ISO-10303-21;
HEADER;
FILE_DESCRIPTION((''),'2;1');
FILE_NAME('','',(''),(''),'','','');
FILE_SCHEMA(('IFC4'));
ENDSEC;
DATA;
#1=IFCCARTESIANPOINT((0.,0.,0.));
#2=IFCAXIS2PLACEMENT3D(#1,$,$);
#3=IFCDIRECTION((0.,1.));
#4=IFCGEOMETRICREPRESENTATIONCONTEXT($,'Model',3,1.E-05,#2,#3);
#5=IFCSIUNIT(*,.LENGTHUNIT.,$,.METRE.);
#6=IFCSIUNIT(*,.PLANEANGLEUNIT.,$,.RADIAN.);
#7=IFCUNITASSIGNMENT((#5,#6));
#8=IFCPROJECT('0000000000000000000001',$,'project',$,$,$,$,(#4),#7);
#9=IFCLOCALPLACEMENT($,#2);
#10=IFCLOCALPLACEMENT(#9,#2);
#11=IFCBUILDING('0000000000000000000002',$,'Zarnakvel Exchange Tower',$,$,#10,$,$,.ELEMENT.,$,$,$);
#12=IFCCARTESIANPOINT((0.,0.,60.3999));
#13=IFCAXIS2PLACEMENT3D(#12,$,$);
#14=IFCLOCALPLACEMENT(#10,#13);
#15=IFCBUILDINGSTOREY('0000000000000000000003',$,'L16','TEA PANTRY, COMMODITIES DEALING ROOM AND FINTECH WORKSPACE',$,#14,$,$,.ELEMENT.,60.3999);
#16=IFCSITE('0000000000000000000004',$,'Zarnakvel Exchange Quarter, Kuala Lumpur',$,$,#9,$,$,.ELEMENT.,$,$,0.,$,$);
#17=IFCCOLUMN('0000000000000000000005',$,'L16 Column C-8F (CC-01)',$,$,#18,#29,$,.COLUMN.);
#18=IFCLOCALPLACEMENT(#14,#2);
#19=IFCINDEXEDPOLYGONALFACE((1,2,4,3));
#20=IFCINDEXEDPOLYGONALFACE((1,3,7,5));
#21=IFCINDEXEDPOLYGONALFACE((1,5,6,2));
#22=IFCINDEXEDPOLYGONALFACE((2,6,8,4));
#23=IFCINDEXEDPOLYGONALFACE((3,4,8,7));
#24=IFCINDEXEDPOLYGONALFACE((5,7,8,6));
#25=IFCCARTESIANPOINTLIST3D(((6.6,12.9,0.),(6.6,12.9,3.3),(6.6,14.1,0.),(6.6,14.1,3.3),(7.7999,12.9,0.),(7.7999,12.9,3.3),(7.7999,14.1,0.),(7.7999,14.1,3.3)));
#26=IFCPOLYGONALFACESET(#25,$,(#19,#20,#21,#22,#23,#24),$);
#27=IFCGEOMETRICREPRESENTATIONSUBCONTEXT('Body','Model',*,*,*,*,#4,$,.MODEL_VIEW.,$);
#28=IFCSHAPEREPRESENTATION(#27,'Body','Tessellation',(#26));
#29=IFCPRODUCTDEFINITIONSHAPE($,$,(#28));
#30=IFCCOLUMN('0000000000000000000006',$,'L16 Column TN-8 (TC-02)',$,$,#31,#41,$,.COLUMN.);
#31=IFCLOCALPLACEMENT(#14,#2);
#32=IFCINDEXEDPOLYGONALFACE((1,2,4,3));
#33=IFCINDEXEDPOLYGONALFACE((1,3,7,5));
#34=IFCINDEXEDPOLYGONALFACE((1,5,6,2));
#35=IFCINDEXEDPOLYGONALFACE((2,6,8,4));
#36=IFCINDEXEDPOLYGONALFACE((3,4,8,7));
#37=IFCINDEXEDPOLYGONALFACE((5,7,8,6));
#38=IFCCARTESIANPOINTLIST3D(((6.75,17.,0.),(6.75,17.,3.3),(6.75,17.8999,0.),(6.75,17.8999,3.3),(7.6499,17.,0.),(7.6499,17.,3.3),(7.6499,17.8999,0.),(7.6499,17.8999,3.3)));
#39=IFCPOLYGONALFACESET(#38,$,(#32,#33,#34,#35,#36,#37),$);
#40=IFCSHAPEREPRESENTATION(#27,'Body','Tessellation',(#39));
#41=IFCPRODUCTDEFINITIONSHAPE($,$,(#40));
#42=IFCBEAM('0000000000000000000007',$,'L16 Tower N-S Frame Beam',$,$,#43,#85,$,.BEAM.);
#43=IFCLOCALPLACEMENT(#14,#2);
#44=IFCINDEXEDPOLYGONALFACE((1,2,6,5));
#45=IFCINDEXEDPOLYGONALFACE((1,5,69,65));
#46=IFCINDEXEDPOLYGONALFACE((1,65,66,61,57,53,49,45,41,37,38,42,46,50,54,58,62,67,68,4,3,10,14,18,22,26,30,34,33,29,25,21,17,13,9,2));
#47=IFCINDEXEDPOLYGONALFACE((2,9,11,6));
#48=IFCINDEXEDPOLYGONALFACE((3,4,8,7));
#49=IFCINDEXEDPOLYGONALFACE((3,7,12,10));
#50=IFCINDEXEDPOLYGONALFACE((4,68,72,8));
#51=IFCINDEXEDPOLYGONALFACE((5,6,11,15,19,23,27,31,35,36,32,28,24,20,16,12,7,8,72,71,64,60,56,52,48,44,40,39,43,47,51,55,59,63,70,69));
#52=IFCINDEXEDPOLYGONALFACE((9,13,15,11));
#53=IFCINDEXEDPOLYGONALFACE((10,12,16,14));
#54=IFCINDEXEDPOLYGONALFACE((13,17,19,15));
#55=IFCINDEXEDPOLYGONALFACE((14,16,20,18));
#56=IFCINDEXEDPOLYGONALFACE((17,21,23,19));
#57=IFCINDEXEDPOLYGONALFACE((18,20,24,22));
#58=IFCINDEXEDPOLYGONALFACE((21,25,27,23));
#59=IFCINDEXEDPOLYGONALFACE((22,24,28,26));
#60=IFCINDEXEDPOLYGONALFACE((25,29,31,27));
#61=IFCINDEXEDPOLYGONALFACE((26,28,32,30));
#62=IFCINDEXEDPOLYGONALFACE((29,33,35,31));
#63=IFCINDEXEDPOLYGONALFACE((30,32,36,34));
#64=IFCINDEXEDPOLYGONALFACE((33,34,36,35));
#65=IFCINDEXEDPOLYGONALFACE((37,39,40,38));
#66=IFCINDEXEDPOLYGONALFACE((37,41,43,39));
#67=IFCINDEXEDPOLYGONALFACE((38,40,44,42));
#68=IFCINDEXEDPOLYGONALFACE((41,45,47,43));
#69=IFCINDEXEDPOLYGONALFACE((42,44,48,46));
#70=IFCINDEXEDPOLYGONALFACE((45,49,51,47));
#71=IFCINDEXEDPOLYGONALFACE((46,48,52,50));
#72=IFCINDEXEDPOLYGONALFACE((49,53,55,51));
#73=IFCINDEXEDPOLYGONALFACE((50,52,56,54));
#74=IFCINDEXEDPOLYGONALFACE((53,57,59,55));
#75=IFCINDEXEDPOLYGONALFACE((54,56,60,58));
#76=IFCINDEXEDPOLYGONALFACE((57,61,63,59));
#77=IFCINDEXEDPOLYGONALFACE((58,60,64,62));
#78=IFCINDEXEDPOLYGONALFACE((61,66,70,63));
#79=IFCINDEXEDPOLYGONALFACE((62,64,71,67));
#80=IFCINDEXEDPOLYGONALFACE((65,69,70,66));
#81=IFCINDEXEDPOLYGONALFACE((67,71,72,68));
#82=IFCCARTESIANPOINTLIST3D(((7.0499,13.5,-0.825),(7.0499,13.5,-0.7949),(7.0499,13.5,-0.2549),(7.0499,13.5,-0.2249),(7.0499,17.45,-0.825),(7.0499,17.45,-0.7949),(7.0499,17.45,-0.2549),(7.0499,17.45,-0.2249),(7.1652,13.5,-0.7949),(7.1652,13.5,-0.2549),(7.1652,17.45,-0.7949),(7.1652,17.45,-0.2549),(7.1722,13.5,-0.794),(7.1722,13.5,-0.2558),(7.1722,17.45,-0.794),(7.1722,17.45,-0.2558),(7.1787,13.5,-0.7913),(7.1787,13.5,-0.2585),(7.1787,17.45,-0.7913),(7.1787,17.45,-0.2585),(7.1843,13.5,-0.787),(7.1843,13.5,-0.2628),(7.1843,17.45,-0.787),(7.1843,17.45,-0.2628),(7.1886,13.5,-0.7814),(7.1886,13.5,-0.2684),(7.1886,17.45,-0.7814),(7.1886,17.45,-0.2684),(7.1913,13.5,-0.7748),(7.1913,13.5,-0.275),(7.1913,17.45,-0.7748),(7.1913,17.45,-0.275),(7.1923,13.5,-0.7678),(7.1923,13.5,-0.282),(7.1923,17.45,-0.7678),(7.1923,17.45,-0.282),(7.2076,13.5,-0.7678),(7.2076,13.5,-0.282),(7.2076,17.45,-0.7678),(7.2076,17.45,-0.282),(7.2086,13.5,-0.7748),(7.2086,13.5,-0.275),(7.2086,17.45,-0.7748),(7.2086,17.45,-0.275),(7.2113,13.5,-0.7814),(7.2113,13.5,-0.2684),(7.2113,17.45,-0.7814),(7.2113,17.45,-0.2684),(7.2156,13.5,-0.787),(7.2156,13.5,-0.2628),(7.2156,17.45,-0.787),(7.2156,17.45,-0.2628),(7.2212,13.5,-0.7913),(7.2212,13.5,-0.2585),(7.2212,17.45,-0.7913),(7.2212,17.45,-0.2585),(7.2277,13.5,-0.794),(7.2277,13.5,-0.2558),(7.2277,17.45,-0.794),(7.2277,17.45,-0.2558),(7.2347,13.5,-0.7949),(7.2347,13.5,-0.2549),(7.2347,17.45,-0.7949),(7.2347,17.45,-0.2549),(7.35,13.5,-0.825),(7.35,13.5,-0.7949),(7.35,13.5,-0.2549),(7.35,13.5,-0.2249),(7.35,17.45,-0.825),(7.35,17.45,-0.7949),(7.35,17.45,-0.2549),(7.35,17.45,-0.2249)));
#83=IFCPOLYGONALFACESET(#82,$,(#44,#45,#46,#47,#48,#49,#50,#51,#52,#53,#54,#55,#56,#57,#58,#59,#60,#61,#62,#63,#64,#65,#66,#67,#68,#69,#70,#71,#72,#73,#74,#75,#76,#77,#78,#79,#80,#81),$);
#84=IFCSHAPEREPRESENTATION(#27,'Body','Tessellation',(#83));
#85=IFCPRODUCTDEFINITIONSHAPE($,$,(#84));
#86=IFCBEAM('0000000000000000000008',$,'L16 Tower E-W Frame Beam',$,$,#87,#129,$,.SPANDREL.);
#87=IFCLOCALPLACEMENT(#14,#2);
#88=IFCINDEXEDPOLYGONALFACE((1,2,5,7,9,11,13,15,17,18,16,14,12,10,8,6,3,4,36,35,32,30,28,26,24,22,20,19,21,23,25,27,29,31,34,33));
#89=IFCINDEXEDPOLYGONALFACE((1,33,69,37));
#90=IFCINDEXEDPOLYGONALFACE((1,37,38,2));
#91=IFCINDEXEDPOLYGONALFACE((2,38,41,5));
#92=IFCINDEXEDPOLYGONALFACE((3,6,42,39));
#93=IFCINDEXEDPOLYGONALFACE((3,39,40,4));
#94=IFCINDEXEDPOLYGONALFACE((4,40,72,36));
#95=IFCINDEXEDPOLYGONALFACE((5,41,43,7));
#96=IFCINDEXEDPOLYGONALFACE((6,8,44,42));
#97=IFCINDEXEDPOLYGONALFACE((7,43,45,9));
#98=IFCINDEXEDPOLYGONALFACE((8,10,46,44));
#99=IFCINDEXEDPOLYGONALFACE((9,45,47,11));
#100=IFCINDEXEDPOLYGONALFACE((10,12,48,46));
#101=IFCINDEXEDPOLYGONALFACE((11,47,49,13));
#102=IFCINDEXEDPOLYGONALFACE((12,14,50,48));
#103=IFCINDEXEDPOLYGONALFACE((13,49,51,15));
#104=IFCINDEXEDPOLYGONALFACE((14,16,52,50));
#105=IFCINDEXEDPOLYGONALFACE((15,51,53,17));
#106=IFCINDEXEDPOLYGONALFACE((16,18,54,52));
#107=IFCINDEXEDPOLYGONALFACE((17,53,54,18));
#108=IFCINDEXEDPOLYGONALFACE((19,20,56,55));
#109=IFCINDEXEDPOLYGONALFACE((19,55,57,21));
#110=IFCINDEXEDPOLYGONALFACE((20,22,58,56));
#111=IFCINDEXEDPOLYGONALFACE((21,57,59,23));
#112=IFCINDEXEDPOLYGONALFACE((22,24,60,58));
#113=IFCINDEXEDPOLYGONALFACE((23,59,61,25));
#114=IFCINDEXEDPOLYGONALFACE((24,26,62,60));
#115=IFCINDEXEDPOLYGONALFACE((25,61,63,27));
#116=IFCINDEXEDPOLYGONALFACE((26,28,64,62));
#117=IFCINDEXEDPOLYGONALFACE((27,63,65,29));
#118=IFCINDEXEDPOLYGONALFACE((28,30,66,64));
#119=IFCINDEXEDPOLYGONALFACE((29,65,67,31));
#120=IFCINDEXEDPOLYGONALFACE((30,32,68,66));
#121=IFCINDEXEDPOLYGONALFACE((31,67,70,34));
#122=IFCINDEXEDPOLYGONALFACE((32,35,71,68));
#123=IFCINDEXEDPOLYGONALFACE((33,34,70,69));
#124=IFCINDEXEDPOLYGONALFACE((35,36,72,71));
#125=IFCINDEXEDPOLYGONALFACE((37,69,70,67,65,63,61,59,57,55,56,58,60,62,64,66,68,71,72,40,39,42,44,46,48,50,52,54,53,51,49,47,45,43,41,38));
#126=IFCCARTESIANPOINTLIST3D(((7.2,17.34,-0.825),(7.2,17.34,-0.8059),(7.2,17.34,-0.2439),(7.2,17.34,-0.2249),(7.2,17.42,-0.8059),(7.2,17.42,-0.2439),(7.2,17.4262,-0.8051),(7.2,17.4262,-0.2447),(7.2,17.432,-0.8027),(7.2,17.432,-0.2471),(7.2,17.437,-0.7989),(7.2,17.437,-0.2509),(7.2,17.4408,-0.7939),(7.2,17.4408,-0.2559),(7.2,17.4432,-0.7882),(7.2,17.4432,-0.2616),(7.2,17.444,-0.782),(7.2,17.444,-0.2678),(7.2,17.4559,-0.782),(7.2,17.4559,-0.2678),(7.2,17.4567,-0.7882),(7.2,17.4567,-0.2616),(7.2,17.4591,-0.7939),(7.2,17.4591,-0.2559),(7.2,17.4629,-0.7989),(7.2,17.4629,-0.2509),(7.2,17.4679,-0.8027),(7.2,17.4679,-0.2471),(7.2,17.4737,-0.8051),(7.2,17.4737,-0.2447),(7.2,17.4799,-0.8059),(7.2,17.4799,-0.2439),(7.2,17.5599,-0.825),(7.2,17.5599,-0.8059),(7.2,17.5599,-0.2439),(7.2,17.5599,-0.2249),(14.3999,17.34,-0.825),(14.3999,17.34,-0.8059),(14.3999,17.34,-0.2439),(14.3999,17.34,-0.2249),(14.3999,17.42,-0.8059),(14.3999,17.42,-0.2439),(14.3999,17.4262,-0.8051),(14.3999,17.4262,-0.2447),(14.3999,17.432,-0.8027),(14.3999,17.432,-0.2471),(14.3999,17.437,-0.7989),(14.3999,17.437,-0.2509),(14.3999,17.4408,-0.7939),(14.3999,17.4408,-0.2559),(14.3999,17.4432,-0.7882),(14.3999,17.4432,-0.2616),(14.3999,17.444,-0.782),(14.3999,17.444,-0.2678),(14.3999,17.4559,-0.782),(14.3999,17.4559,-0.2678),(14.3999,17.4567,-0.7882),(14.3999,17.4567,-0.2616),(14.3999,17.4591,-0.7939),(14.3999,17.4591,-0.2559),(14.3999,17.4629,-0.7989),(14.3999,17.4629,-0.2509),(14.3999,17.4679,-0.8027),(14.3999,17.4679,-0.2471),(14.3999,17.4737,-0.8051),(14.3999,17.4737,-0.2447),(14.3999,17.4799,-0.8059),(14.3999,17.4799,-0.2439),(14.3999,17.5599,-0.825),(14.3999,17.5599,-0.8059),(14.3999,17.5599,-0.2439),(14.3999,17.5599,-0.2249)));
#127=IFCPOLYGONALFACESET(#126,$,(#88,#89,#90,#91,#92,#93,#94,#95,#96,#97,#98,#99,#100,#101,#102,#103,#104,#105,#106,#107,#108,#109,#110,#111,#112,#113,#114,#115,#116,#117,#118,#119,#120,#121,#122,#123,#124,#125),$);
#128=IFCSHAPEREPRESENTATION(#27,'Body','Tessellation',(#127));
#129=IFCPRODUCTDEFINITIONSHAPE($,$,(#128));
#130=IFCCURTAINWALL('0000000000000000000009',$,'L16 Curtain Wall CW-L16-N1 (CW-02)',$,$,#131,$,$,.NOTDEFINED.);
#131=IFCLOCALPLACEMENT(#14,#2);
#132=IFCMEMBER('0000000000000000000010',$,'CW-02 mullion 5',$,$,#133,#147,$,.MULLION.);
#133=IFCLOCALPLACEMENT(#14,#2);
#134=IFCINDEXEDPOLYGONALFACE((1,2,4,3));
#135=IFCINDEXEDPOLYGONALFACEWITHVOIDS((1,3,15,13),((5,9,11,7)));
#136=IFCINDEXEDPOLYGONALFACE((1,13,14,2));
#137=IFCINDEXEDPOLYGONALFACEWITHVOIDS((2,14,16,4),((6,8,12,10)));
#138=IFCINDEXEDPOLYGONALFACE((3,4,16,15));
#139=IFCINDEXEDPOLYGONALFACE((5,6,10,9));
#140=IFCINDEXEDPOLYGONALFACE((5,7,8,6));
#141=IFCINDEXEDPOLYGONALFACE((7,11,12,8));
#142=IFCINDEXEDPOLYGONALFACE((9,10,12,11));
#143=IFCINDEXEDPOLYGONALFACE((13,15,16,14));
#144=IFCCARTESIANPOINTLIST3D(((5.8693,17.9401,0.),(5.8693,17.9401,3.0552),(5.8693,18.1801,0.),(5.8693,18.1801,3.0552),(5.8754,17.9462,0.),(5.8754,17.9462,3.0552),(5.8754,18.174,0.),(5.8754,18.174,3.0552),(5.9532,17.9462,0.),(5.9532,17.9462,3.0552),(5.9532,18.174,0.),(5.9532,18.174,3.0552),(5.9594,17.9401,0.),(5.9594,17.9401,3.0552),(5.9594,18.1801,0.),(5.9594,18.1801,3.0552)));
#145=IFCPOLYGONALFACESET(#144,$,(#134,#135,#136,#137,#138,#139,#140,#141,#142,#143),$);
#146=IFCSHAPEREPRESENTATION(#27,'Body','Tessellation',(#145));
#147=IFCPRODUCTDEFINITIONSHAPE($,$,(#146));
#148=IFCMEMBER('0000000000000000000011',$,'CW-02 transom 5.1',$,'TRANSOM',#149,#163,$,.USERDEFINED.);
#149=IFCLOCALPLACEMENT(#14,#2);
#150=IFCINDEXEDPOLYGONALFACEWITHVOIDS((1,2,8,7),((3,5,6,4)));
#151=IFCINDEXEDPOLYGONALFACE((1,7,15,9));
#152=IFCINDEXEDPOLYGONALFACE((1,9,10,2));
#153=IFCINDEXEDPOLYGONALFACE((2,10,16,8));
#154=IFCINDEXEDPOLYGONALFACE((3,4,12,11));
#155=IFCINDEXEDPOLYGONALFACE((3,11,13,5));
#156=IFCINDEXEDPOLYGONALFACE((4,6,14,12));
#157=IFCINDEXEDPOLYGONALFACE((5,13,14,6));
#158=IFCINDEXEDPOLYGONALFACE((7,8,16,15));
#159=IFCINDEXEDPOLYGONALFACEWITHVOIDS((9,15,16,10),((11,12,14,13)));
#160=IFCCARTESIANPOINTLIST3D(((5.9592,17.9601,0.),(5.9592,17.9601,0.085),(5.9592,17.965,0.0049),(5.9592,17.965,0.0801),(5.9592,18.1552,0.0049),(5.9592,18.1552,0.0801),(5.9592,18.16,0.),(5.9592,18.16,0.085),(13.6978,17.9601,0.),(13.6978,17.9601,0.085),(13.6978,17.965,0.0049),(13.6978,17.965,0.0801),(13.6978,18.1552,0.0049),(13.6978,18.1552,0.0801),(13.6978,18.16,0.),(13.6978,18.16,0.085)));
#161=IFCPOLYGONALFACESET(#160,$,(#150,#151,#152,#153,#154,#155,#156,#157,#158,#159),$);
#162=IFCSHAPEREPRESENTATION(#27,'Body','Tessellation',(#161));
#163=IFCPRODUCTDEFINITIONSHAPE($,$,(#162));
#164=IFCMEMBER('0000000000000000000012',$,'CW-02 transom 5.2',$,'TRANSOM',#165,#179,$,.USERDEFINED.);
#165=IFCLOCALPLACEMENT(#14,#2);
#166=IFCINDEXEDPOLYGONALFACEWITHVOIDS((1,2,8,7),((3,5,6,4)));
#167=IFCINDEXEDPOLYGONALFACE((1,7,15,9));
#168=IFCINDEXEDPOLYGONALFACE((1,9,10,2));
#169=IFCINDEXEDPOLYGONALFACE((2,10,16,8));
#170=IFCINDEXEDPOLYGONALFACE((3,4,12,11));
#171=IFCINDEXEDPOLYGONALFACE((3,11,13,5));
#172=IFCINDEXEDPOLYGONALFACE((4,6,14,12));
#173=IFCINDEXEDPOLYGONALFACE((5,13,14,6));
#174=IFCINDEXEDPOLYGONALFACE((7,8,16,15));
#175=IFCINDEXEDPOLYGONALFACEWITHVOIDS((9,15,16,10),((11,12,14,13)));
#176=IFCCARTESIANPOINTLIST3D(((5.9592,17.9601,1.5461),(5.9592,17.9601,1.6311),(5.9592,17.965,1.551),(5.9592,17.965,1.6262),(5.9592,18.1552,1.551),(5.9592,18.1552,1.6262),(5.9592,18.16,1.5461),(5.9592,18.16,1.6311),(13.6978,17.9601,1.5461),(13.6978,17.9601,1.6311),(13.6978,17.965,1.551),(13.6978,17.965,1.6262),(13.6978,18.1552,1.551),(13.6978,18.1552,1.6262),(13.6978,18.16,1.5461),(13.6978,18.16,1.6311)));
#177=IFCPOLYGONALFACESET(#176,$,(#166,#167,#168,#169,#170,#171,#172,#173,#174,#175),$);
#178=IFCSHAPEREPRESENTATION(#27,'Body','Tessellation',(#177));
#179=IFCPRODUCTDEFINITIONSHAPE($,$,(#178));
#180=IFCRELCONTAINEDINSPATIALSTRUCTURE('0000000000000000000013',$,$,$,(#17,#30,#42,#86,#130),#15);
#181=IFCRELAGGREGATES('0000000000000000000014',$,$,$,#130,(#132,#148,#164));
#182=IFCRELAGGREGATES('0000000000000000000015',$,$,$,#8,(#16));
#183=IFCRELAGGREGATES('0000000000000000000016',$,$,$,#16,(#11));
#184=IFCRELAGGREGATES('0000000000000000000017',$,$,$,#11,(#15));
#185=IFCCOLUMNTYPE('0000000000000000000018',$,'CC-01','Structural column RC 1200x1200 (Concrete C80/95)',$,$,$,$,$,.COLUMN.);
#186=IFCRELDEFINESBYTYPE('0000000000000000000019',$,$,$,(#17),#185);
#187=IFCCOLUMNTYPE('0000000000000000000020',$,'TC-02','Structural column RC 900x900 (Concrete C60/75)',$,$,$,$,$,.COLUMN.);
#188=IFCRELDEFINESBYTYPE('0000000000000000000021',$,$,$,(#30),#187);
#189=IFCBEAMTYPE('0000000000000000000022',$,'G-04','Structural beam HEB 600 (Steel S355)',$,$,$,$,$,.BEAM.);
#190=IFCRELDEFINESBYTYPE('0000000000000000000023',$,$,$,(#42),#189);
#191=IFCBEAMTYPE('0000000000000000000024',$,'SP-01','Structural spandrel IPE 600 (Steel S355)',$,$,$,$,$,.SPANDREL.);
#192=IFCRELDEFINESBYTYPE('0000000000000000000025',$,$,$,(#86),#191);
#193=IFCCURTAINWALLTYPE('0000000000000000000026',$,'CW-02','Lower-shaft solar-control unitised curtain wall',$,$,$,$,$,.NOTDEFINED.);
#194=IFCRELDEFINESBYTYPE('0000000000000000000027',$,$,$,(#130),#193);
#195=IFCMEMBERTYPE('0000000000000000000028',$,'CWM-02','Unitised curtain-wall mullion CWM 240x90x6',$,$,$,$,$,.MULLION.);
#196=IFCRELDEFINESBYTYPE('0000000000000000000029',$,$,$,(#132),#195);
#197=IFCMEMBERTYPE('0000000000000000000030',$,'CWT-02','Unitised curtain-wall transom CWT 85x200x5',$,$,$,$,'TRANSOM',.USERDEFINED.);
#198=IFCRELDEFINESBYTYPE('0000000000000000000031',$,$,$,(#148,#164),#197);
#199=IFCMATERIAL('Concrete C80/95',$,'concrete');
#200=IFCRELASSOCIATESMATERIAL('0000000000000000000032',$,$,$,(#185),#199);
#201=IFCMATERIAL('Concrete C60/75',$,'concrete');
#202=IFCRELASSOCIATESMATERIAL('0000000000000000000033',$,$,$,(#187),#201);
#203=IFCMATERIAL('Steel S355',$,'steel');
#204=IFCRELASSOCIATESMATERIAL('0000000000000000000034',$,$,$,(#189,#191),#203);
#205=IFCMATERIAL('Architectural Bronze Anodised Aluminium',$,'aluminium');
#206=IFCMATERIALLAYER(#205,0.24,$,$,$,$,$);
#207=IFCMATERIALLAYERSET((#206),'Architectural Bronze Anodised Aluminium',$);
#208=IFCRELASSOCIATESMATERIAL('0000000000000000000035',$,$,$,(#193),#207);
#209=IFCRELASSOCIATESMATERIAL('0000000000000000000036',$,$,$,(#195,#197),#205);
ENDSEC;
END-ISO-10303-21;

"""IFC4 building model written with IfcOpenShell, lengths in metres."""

from ifc_helpers import new_model, si_unit, direction, frame, origin, origin_2d, place, context, subcontext, project, spatial, rectangle, hollow_rectangle, i_section, extrude, source, transform, mapped, material, layer, layer_set, material_profile, profile_set, type_object, element, aggregate, save


model = new_model("IFC4")

# Units and contexts
model_context = context("Model", 3, precision=1e-05, world=origin(), true_north=direction((0.0, 1.0)))
body_context = subcontext(model_context, "Body", "Model", "MODEL_VIEW")
ifc_project = project(units=[si_unit("LENGTHUNIT", "METRE"), si_unit("PLANEANGLEUNIT", "RADIAN")], contexts=[model_context])

# Site, building, storey
site_placement = place(None, origin())
site = spatial("IfcSite", under=ifc_project, at=site_placement, Name="Zarnakvel Exchange Quarter, Kuala Lumpur", CompositionType="ELEMENT", RefElevation=0.0)
building_placement = place(site_placement, origin())
building = spatial("IfcBuilding", under=site, at=building_placement, Name="Zarnakvel Exchange Tower", CompositionType="ELEMENT")
storey_placement = place(building_placement, frame((0.0, 0.0, 60.3999)))
storey = spatial("IfcBuildingStorey", under=building, at=storey_placement, Name="L16", Description="TEA PANTRY, COMMODITIES DEALING ROOM AND FINTECH WORKSPACE", CompositionType="ELEMENT", Elevation=60.3999)

# Columns
ifc_material_1 = material(Name="Concrete C80/95", Category="concrete")
ifc_material_profile_1 = material_profile(ifc_material_1, rectangle(XDim=1.2, YDim=1.2, at=origin_2d()))
ifc_profile_set_1 = profile_set([ifc_material_profile_1], Name="Concrete C80/95")
column_type_1 = type_object("IfcColumnType", Name="CC-01", Description="Structural column RC 1200x1200 (Concrete C80/95)", PredefinedType="COLUMN", material=ifc_profile_set_1)
column_1_placement = place(storey_placement, frame((7.2, 13.5, 0.0), z_axis=(0.0, 0.0, 1.0), x_axis=(1.0, 0.0, 0.0)))
element("IfcColumn", 1, at=column_1_placement, inside=storey, type_object=column_type_1, Name="L16 Column C-8F (CC-01)", PredefinedType="COLUMN", context=body_context, shape_type="SweptSolid", body=[
    extrude(rectangle(XDim=1.2, YDim=1.2, at=origin_2d()), origin(), (0.0, 0.0, 1.0), 3.3),
])
ifc_material_2 = material(Name="Concrete C60/75", Category="concrete")
ifc_material_profile_2 = material_profile(ifc_material_2, rectangle(XDim=0.8999, YDim=0.8999, at=origin_2d()))
ifc_profile_set_2 = profile_set([ifc_material_profile_2], Name="Concrete C60/75")
column_type_2 = type_object("IfcColumnType", Name="TC-02", Description="Structural column RC 900x900 (Concrete C60/75)", PredefinedType="COLUMN", material=ifc_profile_set_2)
column_2_placement = place(storey_placement, frame((7.2, 17.45, 0.0), z_axis=(0.0, 0.0, 1.0), x_axis=(1.0, 0.0, 0.0)))
element("IfcColumn", 2, at=column_2_placement, inside=storey, type_object=column_type_2, Name="L16 Column TN-8 (TC-02)", PredefinedType="COLUMN", context=body_context, shape_type="SweptSolid", body=[
    extrude(rectangle(XDim=0.8999, YDim=0.8999, at=origin_2d()), origin(), (0.0, 0.0, 1.0), 3.3),
])

# Beams
ifc_material_3 = material(Name="Steel S355", Category="steel")
ifc_material_profile_3 = material_profile(ifc_material_3, i_section(OverallWidth=0.3, OverallDepth=0.6001, WebThickness=0.0154, FlangeThickness=0.03, FilletRadius=0.0271, at=origin_2d()))
ifc_profile_set_3 = profile_set([ifc_material_profile_3], Name="Steel S355")
beam_type_1 = type_object("IfcBeamType", Name="G-04", Description="Structural beam HEB 600 (Steel S355)", PredefinedType="BEAM", material=ifc_profile_set_3)
beam_1_placement = place(storey_placement, frame((7.2, 13.5, -0.5249), z_axis=(0.0, 1.0, 0.0), x_axis=(-1.0, 0.0, 0.0)))
element("IfcBeam", 3, at=beam_1_placement, inside=storey, type_object=beam_type_1, Name="L16 Tower N-S Frame Beam", PredefinedType="BEAM", context=body_context, shape_type="SweptSolid", body=[
    extrude(i_section(OverallWidth=0.3, OverallDepth=0.6001, WebThickness=0.0154, FlangeThickness=0.03, FilletRadius=0.0271, at=origin_2d()), origin(), (0.0, 0.0, 1.0), 3.95),
])
ifc_material_profile_4 = material_profile(ifc_material_3, i_section(OverallWidth=0.22, OverallDepth=0.6001, WebThickness=0.012, FlangeThickness=0.019, FilletRadius=0.0239, at=origin_2d()))
ifc_profile_set_4 = profile_set([ifc_material_profile_4], Name="Steel S355")
beam_type_2 = type_object("IfcBeamType", Name="SP-01", Description="Structural spandrel IPE 600 (Steel S355)", PredefinedType="SPANDREL", material=ifc_profile_set_4)
beam_2_placement = place(storey_placement, frame((7.2, 17.45, -0.5249), z_axis=(1.0, 0.0, 0.0), x_axis=(0.0, 1.0, 0.0)))
element("IfcBeam", 4, at=beam_2_placement, inside=storey, type_object=beam_type_2, Name="L16 Tower E-W Frame Beam", PredefinedType="SPANDREL", context=body_context, shape_type="SweptSolid", body=[
    extrude(i_section(OverallWidth=0.22, OverallDepth=0.6001, WebThickness=0.012, FlangeThickness=0.019, FilletRadius=0.0239, at=origin_2d()), origin(), (0.0, 0.0, 1.0), 7.2),
])

# Curtain wall, members
ifc_material_4 = material(Name="Architectural Bronze Anodised Aluminium", Category="aluminium")
ifc_layer_1 = layer(ifc_material_4, 0.24)
ifc_layer_set_1 = layer_set([ifc_layer_1], Name="Architectural Bronze Anodised Aluminium")
curtain_wall_type = type_object("IfcCurtainWallType", Name="CW-02", Description="Lower-shaft solar-control unitised curtain wall", PredefinedType="NOTDEFINED", material=ifc_layer_set_1)
curtain_wall_placement = place(storey_placement, origin())
curtain_wall = element("IfcCurtainWall", 5, at=curtain_wall_placement, inside=storey, type_object=curtain_wall_type, Name="L16 Curtain Wall CW-L16-N1 (CW-02)", PredefinedType="NOTDEFINED")
ifc_material_profile_5 = material_profile(ifc_material_4, hollow_rectangle(XDim=0.24, YDim=0.0901, WallThickness=0.0061, at=origin_2d()))
ifc_profile_set_5 = profile_set([ifc_material_profile_5], Name="Architectural Bronze Anodised Aluminium")
member_type_1 = type_object("IfcMemberType", Name="CWM-02", Description="Unitised curtain-wall mullion CWM 240x90x6", PredefinedType="MULLION", material=ifc_profile_set_5)
shared_shape_1 = source(origin(), body_context, "Body", "SweptSolid", [
    extrude(hollow_rectangle(XDim=0.24, YDim=0.0901, WallThickness=0.0061, at=origin_2d()), origin(), (0.0, 0.0, 1.0), 3.0552),
])
member_1_placement = place(storey_placement, frame((5.9143, 18.0601, 0.0), z_axis=(0.0, 0.0, 1.0), x_axis=(0.0, 1.0, 0.0)))
member_1 = element("IfcMember", 6, at=member_1_placement, type_object=member_type_1, Name="CW-02 mullion 5", PredefinedType="MULLION", context=body_context, shape_type="MappedRepresentation", body=[
    mapped(shared_shape_1, transform((0.0, 0.0, 0.0), x_axis=(1.0, 0.0, 0.0), y_axis=(0.0, 1.0, 0.0), z_axis=(0.0, 0.0, 1.0), scale=1.0)),
])
ifc_material_profile_6 = material_profile(ifc_material_4, hollow_rectangle(XDim=0.2, YDim=0.085, WallThickness=0.0049, at=origin_2d()))
ifc_profile_set_6 = profile_set([ifc_material_profile_6], Name="Architectural Bronze Anodised Aluminium")
member_type_2 = type_object("IfcMemberType", Name="CWT-02", Description="Unitised curtain-wall transom CWT 85x200x5", ElementType="TRANSOM", PredefinedType="USERDEFINED", material=ifc_profile_set_6)
shared_shape_2 = source(origin(), body_context, "Body", "SweptSolid", [
    extrude(hollow_rectangle(XDim=0.2, YDim=0.085, WallThickness=0.0049, at=origin_2d()), origin(), (0.0, 0.0, 1.0), 7.7385),
])
member_2_placement = place(storey_placement, frame((5.9592, 18.0601, 0.0425), z_axis=(1.0, 0.0, 0.0), x_axis=(0.0, 1.0, 0.0)))
member_2 = element("IfcMember", 7, at=member_2_placement, type_object=member_type_2, Name="CW-02 transom 5.1", ObjectType="TRANSOM", PredefinedType="USERDEFINED", context=body_context, shape_type="MappedRepresentation", body=[
    mapped(shared_shape_2, transform((0.0, 0.0, 0.0), x_axis=(1.0, 0.0, 0.0), y_axis=(0.0, 1.0, 0.0), z_axis=(0.0, 0.0, 1.0), scale=1.0)),
])
member_3_placement = place(storey_placement, frame((5.9592, 18.0601, 1.5886), z_axis=(1.0, 0.0, 0.0), x_axis=(0.0, 1.0, 0.0)))
member_3 = element("IfcMember", 8, at=member_3_placement, type_object=member_type_2, Name="CW-02 transom 5.2", ObjectType="TRANSOM", PredefinedType="USERDEFINED", context=body_context, shape_type="MappedRepresentation", body=[
    mapped(shared_shape_2, transform((0.0, 0.0, 0.0), x_axis=(1.0, 0.0, 0.0), y_axis=(0.0, 1.0, 0.0), z_axis=(0.0, 0.0, 1.0), scale=1.0)),
])
aggregate(curtain_wall, [member_1, member_2, member_3])

save(model, "model.ifc")
